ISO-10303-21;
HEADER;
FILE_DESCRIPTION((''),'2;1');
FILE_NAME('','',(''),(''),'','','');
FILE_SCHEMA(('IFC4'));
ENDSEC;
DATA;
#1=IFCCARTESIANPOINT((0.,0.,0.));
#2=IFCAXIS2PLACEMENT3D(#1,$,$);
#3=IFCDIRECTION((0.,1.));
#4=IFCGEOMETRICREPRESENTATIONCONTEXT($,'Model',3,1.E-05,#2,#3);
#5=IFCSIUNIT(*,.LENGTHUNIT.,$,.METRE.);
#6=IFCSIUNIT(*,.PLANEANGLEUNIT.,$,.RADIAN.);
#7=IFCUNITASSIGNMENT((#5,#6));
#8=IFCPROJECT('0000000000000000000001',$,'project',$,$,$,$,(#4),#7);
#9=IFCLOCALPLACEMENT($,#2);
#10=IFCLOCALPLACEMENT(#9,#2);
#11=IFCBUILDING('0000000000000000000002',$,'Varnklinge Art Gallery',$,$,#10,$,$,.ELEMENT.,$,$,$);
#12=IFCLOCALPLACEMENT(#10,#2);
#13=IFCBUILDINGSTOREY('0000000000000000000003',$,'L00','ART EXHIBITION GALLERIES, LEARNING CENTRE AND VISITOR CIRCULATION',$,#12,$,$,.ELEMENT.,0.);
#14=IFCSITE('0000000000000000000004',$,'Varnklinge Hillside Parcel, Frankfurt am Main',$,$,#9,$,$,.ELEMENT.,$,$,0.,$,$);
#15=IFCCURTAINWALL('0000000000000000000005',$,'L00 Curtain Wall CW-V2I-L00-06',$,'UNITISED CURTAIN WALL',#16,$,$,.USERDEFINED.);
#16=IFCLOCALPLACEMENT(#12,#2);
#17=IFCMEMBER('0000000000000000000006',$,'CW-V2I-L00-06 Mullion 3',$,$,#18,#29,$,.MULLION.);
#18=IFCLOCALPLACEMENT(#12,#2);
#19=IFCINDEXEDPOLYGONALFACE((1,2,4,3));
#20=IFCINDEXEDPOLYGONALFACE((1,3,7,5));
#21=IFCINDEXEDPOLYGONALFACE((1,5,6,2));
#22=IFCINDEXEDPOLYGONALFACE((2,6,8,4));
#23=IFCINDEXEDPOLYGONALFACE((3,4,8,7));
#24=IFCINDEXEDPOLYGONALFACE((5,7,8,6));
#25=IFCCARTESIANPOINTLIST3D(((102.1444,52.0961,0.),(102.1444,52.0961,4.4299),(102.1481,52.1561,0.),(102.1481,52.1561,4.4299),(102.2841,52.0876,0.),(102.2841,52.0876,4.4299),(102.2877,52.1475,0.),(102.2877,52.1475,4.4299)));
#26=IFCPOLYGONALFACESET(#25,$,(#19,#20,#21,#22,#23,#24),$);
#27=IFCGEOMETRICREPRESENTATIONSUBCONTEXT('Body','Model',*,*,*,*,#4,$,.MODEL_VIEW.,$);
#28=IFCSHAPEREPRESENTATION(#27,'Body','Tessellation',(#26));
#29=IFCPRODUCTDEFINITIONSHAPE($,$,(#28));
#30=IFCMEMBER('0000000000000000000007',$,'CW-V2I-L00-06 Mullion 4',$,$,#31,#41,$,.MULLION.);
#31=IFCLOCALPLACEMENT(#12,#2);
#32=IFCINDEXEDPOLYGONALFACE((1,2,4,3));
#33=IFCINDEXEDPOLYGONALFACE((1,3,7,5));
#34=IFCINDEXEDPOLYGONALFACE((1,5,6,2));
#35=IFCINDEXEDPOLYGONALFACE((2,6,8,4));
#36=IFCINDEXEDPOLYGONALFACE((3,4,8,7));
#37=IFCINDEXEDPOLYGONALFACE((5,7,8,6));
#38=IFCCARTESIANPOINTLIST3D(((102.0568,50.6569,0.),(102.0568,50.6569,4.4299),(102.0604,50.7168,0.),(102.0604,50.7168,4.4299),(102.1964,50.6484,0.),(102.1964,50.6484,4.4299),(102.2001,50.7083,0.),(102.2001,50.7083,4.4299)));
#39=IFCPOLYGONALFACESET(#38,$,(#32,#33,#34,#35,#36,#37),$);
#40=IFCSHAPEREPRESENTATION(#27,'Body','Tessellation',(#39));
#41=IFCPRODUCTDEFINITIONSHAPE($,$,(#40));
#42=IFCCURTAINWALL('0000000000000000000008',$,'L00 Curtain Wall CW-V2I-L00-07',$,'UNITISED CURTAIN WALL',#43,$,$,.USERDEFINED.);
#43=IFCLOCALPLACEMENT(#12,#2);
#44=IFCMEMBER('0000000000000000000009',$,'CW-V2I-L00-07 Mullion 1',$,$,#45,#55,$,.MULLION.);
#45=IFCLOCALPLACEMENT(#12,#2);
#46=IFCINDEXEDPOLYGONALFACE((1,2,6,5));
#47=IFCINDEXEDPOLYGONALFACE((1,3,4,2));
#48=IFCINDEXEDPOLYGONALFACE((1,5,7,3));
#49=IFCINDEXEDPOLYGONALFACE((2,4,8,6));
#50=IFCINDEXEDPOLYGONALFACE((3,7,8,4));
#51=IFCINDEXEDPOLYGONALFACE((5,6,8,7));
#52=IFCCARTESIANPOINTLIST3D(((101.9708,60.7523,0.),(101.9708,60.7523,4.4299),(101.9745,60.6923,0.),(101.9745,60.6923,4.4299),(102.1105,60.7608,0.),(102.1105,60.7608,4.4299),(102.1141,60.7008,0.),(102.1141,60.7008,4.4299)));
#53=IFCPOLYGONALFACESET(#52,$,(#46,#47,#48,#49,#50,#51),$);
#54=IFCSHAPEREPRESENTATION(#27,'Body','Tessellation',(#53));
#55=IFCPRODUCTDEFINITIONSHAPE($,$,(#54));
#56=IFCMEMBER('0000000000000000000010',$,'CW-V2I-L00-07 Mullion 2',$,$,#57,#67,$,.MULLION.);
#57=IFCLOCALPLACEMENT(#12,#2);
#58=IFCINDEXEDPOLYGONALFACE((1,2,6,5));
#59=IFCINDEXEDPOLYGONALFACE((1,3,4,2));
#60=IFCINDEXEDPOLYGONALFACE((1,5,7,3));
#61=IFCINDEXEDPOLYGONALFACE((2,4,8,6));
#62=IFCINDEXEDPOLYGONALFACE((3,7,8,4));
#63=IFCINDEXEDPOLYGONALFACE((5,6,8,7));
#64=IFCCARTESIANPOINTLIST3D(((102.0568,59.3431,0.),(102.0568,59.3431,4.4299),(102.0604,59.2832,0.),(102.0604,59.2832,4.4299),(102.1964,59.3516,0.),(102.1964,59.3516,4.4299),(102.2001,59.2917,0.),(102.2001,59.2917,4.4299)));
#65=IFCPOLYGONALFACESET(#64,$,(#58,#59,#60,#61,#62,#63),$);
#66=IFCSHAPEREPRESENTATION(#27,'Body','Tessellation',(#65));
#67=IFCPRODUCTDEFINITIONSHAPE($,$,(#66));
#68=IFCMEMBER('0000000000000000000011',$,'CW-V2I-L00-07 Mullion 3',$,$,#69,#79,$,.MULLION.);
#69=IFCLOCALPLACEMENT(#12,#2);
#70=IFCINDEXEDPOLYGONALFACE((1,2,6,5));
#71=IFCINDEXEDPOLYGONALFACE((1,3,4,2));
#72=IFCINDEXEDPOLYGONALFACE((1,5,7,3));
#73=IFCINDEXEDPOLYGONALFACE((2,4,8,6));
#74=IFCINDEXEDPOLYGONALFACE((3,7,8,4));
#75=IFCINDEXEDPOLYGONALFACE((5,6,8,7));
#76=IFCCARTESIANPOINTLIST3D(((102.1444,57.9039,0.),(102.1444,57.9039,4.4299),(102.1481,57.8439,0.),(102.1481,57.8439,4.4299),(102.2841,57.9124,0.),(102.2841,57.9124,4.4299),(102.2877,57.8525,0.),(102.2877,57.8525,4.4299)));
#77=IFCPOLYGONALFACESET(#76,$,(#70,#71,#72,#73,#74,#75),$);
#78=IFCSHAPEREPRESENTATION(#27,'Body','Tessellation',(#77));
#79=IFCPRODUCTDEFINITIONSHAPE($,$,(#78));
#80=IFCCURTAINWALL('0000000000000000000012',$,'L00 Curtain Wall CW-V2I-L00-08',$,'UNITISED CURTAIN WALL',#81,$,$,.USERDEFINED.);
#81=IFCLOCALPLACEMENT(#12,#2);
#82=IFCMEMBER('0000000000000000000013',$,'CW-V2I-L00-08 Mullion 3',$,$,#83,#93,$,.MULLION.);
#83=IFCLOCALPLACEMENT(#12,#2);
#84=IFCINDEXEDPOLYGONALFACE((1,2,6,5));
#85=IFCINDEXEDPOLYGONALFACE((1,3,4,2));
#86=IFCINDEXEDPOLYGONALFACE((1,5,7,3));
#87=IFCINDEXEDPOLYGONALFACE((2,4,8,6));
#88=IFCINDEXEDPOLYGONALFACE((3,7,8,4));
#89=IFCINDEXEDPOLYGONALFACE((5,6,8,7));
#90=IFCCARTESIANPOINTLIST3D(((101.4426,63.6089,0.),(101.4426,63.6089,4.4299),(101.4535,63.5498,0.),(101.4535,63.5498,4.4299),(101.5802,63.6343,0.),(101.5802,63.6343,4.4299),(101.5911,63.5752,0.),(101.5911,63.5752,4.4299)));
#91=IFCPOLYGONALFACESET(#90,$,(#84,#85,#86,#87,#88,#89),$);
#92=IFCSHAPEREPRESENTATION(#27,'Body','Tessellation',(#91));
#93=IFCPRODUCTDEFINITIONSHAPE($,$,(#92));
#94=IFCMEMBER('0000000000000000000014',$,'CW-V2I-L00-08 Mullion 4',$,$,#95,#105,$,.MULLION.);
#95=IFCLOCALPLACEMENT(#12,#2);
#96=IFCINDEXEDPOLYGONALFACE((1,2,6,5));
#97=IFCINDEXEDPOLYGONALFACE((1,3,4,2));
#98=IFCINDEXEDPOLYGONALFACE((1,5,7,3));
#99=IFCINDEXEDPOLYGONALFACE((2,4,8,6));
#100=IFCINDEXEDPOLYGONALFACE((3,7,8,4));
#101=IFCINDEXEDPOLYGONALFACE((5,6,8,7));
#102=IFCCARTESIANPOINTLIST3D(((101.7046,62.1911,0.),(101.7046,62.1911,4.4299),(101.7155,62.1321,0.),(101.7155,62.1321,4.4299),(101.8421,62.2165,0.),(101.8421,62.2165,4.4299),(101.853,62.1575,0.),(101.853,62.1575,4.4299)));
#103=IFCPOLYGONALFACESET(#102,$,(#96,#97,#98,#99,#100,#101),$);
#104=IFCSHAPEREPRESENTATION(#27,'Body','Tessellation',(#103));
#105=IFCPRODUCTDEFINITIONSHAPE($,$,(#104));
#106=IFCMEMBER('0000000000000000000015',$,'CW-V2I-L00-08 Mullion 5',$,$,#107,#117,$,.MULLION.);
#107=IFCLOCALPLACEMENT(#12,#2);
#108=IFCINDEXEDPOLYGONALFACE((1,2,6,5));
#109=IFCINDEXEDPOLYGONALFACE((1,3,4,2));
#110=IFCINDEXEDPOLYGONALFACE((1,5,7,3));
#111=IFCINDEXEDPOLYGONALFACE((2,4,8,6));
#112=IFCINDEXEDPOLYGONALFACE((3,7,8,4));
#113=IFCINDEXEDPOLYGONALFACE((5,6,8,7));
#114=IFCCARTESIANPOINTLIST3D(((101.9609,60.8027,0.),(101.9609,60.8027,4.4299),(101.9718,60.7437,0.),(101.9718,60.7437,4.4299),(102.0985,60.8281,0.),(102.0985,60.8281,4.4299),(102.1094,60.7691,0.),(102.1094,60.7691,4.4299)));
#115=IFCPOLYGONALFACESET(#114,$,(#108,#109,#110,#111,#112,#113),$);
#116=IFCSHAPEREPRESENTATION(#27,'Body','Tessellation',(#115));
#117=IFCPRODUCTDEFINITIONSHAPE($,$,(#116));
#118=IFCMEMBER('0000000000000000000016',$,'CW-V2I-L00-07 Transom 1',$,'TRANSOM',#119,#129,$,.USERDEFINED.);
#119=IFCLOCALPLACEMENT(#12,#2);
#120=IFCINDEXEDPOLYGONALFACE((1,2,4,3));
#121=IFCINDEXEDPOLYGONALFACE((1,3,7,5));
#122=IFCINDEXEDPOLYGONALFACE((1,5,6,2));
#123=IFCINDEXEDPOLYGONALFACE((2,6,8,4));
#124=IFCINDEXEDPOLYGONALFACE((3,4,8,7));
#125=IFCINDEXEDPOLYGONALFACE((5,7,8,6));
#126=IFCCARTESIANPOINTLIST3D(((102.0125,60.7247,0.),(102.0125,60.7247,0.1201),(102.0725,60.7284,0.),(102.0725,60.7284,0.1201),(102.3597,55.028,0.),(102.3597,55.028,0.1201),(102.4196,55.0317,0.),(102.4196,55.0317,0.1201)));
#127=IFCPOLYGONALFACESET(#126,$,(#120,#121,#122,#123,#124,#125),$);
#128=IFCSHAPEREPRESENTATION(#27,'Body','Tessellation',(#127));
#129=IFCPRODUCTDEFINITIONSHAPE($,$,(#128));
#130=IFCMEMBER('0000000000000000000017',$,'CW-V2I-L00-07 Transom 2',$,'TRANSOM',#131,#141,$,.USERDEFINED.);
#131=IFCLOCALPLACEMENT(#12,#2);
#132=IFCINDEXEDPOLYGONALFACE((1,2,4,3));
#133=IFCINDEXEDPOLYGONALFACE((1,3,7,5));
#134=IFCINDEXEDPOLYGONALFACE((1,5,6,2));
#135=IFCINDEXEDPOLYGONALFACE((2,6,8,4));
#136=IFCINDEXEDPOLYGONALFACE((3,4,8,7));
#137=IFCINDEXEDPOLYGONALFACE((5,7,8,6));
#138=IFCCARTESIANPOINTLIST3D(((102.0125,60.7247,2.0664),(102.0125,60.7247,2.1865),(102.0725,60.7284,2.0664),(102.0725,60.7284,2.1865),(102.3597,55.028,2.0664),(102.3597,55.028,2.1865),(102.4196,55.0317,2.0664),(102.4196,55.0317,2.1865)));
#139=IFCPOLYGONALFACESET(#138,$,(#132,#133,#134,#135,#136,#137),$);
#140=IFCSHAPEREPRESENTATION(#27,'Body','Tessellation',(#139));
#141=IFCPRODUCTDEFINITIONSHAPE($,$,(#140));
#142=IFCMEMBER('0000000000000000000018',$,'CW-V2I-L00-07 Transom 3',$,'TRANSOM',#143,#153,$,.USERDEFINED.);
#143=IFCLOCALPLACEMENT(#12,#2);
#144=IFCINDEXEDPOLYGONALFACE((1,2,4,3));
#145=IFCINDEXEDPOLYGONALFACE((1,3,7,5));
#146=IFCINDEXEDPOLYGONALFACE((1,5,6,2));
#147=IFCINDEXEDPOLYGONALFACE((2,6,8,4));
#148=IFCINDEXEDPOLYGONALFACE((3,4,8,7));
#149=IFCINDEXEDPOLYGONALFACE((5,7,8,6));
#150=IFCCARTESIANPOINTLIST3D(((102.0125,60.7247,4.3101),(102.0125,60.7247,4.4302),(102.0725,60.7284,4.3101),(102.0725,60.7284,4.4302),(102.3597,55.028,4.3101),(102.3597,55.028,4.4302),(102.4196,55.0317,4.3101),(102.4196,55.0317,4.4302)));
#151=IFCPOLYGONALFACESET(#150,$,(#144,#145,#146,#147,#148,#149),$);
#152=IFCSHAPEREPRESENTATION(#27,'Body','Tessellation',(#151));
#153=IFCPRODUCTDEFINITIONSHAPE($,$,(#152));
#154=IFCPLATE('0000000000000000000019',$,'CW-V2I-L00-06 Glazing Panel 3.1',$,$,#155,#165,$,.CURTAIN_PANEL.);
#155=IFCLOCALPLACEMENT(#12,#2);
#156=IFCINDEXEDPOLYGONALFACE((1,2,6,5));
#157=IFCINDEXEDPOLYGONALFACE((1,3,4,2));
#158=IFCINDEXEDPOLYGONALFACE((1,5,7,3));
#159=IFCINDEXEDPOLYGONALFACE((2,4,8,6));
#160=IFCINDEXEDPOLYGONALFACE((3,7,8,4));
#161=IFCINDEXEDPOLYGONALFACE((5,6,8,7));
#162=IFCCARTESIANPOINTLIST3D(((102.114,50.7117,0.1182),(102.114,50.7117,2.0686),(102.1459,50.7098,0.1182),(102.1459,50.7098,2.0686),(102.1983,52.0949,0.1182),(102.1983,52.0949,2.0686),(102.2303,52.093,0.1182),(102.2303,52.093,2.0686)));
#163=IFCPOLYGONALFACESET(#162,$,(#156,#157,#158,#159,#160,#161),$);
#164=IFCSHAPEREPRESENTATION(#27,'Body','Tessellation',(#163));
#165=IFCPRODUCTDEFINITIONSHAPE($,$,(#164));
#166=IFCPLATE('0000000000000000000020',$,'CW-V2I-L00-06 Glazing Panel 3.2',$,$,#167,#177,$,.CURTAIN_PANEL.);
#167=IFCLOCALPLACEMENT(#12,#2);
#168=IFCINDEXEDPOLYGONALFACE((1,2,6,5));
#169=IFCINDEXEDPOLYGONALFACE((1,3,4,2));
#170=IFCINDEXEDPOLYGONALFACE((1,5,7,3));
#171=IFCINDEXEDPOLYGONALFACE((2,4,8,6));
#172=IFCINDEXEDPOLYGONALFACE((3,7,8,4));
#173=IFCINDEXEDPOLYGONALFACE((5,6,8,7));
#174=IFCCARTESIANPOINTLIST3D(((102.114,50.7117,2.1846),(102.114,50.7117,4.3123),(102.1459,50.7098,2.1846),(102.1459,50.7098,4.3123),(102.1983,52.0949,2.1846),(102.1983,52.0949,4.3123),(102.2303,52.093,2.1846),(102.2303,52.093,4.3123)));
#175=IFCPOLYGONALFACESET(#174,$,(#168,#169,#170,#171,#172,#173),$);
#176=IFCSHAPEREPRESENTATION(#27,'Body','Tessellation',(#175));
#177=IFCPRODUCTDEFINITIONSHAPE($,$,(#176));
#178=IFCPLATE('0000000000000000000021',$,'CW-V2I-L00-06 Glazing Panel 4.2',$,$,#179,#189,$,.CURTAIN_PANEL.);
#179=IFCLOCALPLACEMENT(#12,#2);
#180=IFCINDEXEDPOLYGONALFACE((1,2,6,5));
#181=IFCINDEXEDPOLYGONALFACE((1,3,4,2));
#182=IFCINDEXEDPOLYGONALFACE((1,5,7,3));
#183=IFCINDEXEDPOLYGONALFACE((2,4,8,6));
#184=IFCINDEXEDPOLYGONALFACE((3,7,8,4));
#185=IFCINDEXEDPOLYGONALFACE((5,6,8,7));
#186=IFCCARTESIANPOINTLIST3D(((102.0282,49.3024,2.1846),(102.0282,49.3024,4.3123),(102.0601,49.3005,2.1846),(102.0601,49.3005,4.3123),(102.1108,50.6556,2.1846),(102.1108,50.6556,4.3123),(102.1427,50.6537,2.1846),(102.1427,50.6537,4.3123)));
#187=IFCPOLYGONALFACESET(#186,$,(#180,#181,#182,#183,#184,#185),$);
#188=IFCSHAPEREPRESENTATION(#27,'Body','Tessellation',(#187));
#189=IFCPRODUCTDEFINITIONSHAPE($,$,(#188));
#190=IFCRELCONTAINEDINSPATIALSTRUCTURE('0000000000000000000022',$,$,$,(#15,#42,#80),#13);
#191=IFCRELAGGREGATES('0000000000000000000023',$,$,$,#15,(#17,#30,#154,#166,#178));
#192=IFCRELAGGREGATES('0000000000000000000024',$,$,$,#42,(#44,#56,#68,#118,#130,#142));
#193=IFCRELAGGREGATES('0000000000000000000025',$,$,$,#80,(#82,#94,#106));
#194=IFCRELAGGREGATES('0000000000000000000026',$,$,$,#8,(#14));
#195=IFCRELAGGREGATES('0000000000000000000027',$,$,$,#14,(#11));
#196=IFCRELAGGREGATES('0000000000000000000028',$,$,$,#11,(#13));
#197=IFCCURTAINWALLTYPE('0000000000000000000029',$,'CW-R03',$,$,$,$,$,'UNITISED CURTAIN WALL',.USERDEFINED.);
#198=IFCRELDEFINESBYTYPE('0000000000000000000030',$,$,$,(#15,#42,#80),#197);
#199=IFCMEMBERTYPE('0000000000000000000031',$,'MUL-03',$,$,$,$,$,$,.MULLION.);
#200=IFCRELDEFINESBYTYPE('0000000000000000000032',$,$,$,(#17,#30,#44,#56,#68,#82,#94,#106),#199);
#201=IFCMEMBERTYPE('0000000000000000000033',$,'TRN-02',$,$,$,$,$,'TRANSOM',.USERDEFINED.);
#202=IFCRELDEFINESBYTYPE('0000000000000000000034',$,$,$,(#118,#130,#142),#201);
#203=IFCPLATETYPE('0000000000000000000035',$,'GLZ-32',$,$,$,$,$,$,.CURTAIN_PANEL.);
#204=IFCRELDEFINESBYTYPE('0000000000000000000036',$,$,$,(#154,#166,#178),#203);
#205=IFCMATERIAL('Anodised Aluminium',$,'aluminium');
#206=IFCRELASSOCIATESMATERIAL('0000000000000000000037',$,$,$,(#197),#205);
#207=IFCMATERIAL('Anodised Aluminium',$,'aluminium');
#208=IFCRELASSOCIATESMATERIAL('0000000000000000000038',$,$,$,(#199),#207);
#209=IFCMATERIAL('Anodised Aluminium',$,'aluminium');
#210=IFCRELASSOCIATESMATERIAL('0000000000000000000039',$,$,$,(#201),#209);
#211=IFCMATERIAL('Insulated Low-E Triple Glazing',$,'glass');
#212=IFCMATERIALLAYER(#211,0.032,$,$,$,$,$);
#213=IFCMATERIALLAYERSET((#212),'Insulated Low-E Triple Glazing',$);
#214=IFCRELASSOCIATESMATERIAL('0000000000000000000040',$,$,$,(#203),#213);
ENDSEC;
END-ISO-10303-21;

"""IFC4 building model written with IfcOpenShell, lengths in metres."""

from ifc_helpers import new_model, si_unit, direction, frame, origin, origin_2d, place, context, subcontext, project, spatial, rectangle, extrude, material, layer, layer_set, material_profile, profile_set, type_object, element, aggregate, save


model = new_model("IFC4")

# Units and contexts
model_context = context("Model", 3, precision=1e-05, world=origin(), true_north=direction((0.0, 1.0)))
body_context = subcontext(model_context, "Body", "Model", "MODEL_VIEW")
ifc_project = project(units=[si_unit("LENGTHUNIT", "METRE"), si_unit("PLANEANGLEUNIT", "RADIAN")], contexts=[model_context])

# Site, building, storey
site_placement = place(None, origin())
site = spatial("IfcSite", under=ifc_project, at=site_placement, Name="Varnklinge Hillside Parcel, Frankfurt am Main", CompositionType="ELEMENT", RefElevation=0.0)
building_placement = place(site_placement, origin())
building = spatial("IfcBuilding", under=site, at=building_placement, Name="Varnklinge Art Gallery", CompositionType="ELEMENT")
storey_placement = place(building_placement, origin())
storey = spatial("IfcBuildingStorey", under=building, at=storey_placement, Name="L00", Description="ART EXHIBITION GALLERIES, LEARNING CENTRE AND VISITOR CIRCULATION", CompositionType="ELEMENT", Elevation=0.0)

# Curtain walls, members
ifc_material_1 = material(Name="Anodised Aluminium", Category="aluminium")
curtain_wall_type = type_object("IfcCurtainWallType", Name="CW-R03", ElementType="UNITISED CURTAIN WALL", PredefinedType="USERDEFINED", material=ifc_material_1)
curtain_wall_1_placement = place(storey_placement, origin())
curtain_wall_1 = element("IfcCurtainWall", 1, at=curtain_wall_1_placement, inside=storey, type_object=curtain_wall_type, Name="L00 Curtain Wall CW-V2I-L00-06", ObjectType="UNITISED CURTAIN WALL", PredefinedType="USERDEFINED")
ifc_material_2 = material(Name="Anodised Aluminium", Category="aluminium")
ifc_material_profile_1 = material_profile(ifc_material_2, rectangle(XDim=0.0601, YDim=0.1399, at=origin_2d()), Name="ALU 60x140")
ifc_profile_set_1 = profile_set([ifc_material_profile_1], Name="Anodised Aluminium")
member_type_1 = type_object("IfcMemberType", Name="MUL-03", PredefinedType="MULLION", material=ifc_profile_set_1)
member_1_placement = place(storey_placement, frame((102.2161, 52.1218, 0.0), z_axis=(0.0, 0.0, 1.0), x_axis=(-0.060874, -0.998145, 0.0)))
member_1 = element("IfcMember", 2, at=member_1_placement, type_object=member_type_1, Name="CW-V2I-L00-06 Mullion 3", PredefinedType="MULLION", context=body_context, shape_type="SweptSolid", body=[
    extrude(rectangle(XDim=0.0601, YDim=0.1399, at=origin_2d()), origin(), (0.0, 0.0, 1.0), 4.4299),
])
member_2_placement = place(storey_placement, frame((102.1284, 50.6826, 0.0), z_axis=(0.0, 0.0, 1.0), x_axis=(-0.060874, -0.998145, 0.0)))
member_2 = element("IfcMember", 3, at=member_2_placement, type_object=member_type_1, Name="CW-V2I-L00-06 Mullion 4", PredefinedType="MULLION", context=body_context, shape_type="SweptSolid", body=[
    extrude(rectangle(XDim=0.0601, YDim=0.1399, at=origin_2d()), origin(), (0.0, 0.0, 1.0), 4.4299),
])
curtain_wall_2_placement = place(storey_placement, origin())
curtain_wall_2 = element("IfcCurtainWall", 4, at=curtain_wall_2_placement, inside=storey, type_object=curtain_wall_type, Name="L00 Curtain Wall CW-V2I-L00-07", ObjectType="UNITISED CURTAIN WALL", PredefinedType="USERDEFINED")
member_3_placement = place(storey_placement, frame((102.0425, 60.7266, 0.0), z_axis=(0.0, 0.0, 1.0), x_axis=(0.060874, -0.998145, 0.0)))
member_3 = element("IfcMember", 5, at=member_3_placement, type_object=member_type_1, Name="CW-V2I-L00-07 Mullion 1", PredefinedType="MULLION", context=body_context, shape_type="SweptSolid", body=[
    extrude(rectangle(XDim=0.0601, YDim=0.1399, at=origin_2d()), origin(), (0.0, 0.0, 1.0), 4.4299),
])
member_4_placement = place(storey_placement, frame((102.1284, 59.3174, 0.0), z_axis=(0.0, 0.0, 1.0), x_axis=(0.060874, -0.998145, 0.0)))
member_4 = element("IfcMember", 6, at=member_4_placement, type_object=member_type_1, Name="CW-V2I-L00-07 Mullion 2", PredefinedType="MULLION", context=body_context, shape_type="SweptSolid", body=[
    extrude(rectangle(XDim=0.0601, YDim=0.1399, at=origin_2d()), origin(), (0.0, 0.0, 1.0), 4.4299),
])
member_5_placement = place(storey_placement, frame((102.2161, 57.8782, 0.0), z_axis=(0.0, 0.0, 1.0), x_axis=(0.060874, -0.998145, 0.0)))
member_5 = element("IfcMember", 7, at=member_5_placement, type_object=member_type_1, Name="CW-V2I-L00-07 Mullion 3", PredefinedType="MULLION", context=body_context, shape_type="SweptSolid", body=[
    extrude(rectangle(XDim=0.0601, YDim=0.1399, at=origin_2d()), origin(), (0.0, 0.0, 1.0), 4.4299),
])
curtain_wall_3_placement = place(storey_placement, origin())
curtain_wall_3 = element("IfcCurtainWall", 8, at=curtain_wall_3_placement, inside=storey, type_object=curtain_wall_type, Name="L00 Curtain Wall CW-V2I-L00-08", ObjectType="UNITISED CURTAIN WALL", PredefinedType="USERDEFINED")
member_6_placement = place(storey_placement, frame((101.5168, 63.592, 0.0), z_axis=(0.0, 0.0, 1.0), x_axis=(0.181549, -0.983382, 0.0)))
member_6 = element("IfcMember", 9, at=member_6_placement, type_object=member_type_1, Name="CW-V2I-L00-08 Mullion 3", PredefinedType="MULLION", context=body_context, shape_type="SweptSolid", body=[
    extrude(rectangle(XDim=0.0601, YDim=0.1399, at=origin_2d()), origin(), (0.0, 0.0, 1.0), 4.4299),
])
member_7_placement = place(storey_placement, frame((101.7788, 62.1743, 0.0), z_axis=(0.0, 0.0, 1.0), x_axis=(0.181549, -0.983382, 0.0)))
member_7 = element("IfcMember", 10, at=member_7_placement, type_object=member_type_1, Name="CW-V2I-L00-08 Mullion 4", PredefinedType="MULLION", context=body_context, shape_type="SweptSolid", body=[
    extrude(rectangle(XDim=0.0601, YDim=0.1399, at=origin_2d()), origin(), (0.0, 0.0, 1.0), 4.4299),
])
member_8_placement = place(storey_placement, frame((102.0352, 60.7859, 0.0), z_axis=(0.0, 0.0, 1.0), x_axis=(0.181549, -0.983382, 0.0)))
member_8 = element("IfcMember", 11, at=member_8_placement, type_object=member_type_1, Name="CW-V2I-L00-08 Mullion 5", PredefinedType="MULLION", context=body_context, shape_type="SweptSolid", body=[
    extrude(rectangle(XDim=0.0601, YDim=0.1399, at=origin_2d()), origin(), (0.0, 0.0, 1.0), 4.4299),
])

# Members
ifc_material_3 = material(Name="Anodised Aluminium", Category="aluminium")
ifc_material_profile_2 = material_profile(ifc_material_3, rectangle(XDim=0.0601, YDim=0.1201, at=origin_2d()), Name="ALU 60x120")
ifc_profile_set_2 = profile_set([ifc_material_profile_2], Name="Anodised Aluminium")
member_type_2 = type_object("IfcMemberType", Name="TRN-02", ElementType="TRANSOM", PredefinedType="USERDEFINED", material=ifc_profile_set_2)
member_9_placement = place(storey_placement, frame((102.0425, 60.7266, 0.0601), z_axis=(0.060828, -0.998148, 0.0), x_axis=(0.998148, 0.060828, 0.0)))
member_9 = element("IfcMember", 12, at=member_9_placement, type_object=member_type_2, Name="CW-V2I-L00-07 Transom 1", ObjectType="TRANSOM", PredefinedType="USERDEFINED", context=body_context, shape_type="SweptSolid", body=[
    extrude(rectangle(XDim=0.0601, YDim=0.1201, at=origin_2d()), origin(), (0.0, 0.0, 1.0), 5.7073),
])
member_10_placement = place(storey_placement, frame((102.0425, 60.7266, 2.1265), z_axis=(0.060828, -0.998148, 0.0), x_axis=(0.998148, 0.060828, 0.0)))
member_10 = element("IfcMember", 13, at=member_10_placement, type_object=member_type_2, Name="CW-V2I-L00-07 Transom 2", ObjectType="TRANSOM", PredefinedType="USERDEFINED", context=body_context, shape_type="SweptSolid", body=[
    extrude(rectangle(XDim=0.0601, YDim=0.1201, at=origin_2d()), origin(), (0.0, 0.0, 1.0), 5.7073),
])
member_11_placement = place(storey_placement, frame((102.0425, 60.7266, 4.3701), z_axis=(0.060828, -0.998148, 0.0), x_axis=(0.998148, 0.060828, 0.0)))
member_11 = element("IfcMember", 14, at=member_11_placement, type_object=member_type_2, Name="CW-V2I-L00-07 Transom 3", ObjectType="TRANSOM", PredefinedType="USERDEFINED", context=body_context, shape_type="SweptSolid", body=[
    extrude(rectangle(XDim=0.0601, YDim=0.1201, at=origin_2d()), origin(), (0.0, 0.0, 1.0), 5.7073),
])

# Plates
ifc_material_4 = material(Name="Insulated Low-E Triple Glazing", Category="glass")
ifc_layer = layer(ifc_material_4, 0.032)
ifc_layer_set = layer_set([ifc_layer], Name="Insulated Low-E Triple Glazing")
plate_type = type_object("IfcPlateType", Name="GLZ-32", PredefinedType="CURTAIN_PANEL", material=ifc_layer_set)
plate_1_placement = place(storey_placement, frame((102.1721, 51.4023, 0.1182), z_axis=(0.0, 0.0, 1.0), x_axis=(-0.060874, -0.998145, 0.0)))
plate_1 = element("IfcPlate", 15, at=plate_1_placement, type_object=plate_type, Name="CW-V2I-L00-06 Glazing Panel 3.1", PredefinedType="CURTAIN_PANEL", context=body_context, shape_type="SweptSolid", body=[
    extrude(rectangle(XDim=1.3857, YDim=0.032, at=origin_2d()), origin(), (0.0, 0.0, 1.0), 1.9504),
])
plate_2_placement = place(storey_placement, frame((102.1721, 51.4023, 2.1846), z_axis=(0.0, 0.0, 1.0), x_axis=(-0.060874, -0.998145, 0.0)))
plate_2 = element("IfcPlate", 16, at=plate_2_placement, type_object=plate_type, Name="CW-V2I-L00-06 Glazing Panel 3.2", PredefinedType="CURTAIN_PANEL", context=body_context, shape_type="SweptSolid", body=[
    extrude(rectangle(XDim=1.3857, YDim=0.032, at=origin_2d()), origin(), (0.0, 0.0, 1.0), 2.1277),
])
plate_3_placement = place(storey_placement, frame((102.0854, 49.978, 2.1846), z_axis=(0.0, 0.0, 1.0), x_axis=(-0.060874, -0.998145, 0.0)))
plate_3 = element("IfcPlate", 17, at=plate_3_placement, type_object=plate_type, Name="CW-V2I-L00-06 Glazing Panel 4.2", PredefinedType="CURTAIN_PANEL", context=body_context, shape_type="SweptSolid", body=[
    extrude(rectangle(XDim=1.3557, YDim=0.032, at=origin_2d()), origin(), (0.0, 0.0, 1.0), 2.1277),
])
aggregate(curtain_wall_1, [member_1, member_2, plate_1, plate_2, plate_3])
aggregate(curtain_wall_2, [member_3, member_4, member_5, member_9, member_10, member_11])
aggregate(curtain_wall_3, [member_6, member_7, member_8])

save(model, "model.ifc")
